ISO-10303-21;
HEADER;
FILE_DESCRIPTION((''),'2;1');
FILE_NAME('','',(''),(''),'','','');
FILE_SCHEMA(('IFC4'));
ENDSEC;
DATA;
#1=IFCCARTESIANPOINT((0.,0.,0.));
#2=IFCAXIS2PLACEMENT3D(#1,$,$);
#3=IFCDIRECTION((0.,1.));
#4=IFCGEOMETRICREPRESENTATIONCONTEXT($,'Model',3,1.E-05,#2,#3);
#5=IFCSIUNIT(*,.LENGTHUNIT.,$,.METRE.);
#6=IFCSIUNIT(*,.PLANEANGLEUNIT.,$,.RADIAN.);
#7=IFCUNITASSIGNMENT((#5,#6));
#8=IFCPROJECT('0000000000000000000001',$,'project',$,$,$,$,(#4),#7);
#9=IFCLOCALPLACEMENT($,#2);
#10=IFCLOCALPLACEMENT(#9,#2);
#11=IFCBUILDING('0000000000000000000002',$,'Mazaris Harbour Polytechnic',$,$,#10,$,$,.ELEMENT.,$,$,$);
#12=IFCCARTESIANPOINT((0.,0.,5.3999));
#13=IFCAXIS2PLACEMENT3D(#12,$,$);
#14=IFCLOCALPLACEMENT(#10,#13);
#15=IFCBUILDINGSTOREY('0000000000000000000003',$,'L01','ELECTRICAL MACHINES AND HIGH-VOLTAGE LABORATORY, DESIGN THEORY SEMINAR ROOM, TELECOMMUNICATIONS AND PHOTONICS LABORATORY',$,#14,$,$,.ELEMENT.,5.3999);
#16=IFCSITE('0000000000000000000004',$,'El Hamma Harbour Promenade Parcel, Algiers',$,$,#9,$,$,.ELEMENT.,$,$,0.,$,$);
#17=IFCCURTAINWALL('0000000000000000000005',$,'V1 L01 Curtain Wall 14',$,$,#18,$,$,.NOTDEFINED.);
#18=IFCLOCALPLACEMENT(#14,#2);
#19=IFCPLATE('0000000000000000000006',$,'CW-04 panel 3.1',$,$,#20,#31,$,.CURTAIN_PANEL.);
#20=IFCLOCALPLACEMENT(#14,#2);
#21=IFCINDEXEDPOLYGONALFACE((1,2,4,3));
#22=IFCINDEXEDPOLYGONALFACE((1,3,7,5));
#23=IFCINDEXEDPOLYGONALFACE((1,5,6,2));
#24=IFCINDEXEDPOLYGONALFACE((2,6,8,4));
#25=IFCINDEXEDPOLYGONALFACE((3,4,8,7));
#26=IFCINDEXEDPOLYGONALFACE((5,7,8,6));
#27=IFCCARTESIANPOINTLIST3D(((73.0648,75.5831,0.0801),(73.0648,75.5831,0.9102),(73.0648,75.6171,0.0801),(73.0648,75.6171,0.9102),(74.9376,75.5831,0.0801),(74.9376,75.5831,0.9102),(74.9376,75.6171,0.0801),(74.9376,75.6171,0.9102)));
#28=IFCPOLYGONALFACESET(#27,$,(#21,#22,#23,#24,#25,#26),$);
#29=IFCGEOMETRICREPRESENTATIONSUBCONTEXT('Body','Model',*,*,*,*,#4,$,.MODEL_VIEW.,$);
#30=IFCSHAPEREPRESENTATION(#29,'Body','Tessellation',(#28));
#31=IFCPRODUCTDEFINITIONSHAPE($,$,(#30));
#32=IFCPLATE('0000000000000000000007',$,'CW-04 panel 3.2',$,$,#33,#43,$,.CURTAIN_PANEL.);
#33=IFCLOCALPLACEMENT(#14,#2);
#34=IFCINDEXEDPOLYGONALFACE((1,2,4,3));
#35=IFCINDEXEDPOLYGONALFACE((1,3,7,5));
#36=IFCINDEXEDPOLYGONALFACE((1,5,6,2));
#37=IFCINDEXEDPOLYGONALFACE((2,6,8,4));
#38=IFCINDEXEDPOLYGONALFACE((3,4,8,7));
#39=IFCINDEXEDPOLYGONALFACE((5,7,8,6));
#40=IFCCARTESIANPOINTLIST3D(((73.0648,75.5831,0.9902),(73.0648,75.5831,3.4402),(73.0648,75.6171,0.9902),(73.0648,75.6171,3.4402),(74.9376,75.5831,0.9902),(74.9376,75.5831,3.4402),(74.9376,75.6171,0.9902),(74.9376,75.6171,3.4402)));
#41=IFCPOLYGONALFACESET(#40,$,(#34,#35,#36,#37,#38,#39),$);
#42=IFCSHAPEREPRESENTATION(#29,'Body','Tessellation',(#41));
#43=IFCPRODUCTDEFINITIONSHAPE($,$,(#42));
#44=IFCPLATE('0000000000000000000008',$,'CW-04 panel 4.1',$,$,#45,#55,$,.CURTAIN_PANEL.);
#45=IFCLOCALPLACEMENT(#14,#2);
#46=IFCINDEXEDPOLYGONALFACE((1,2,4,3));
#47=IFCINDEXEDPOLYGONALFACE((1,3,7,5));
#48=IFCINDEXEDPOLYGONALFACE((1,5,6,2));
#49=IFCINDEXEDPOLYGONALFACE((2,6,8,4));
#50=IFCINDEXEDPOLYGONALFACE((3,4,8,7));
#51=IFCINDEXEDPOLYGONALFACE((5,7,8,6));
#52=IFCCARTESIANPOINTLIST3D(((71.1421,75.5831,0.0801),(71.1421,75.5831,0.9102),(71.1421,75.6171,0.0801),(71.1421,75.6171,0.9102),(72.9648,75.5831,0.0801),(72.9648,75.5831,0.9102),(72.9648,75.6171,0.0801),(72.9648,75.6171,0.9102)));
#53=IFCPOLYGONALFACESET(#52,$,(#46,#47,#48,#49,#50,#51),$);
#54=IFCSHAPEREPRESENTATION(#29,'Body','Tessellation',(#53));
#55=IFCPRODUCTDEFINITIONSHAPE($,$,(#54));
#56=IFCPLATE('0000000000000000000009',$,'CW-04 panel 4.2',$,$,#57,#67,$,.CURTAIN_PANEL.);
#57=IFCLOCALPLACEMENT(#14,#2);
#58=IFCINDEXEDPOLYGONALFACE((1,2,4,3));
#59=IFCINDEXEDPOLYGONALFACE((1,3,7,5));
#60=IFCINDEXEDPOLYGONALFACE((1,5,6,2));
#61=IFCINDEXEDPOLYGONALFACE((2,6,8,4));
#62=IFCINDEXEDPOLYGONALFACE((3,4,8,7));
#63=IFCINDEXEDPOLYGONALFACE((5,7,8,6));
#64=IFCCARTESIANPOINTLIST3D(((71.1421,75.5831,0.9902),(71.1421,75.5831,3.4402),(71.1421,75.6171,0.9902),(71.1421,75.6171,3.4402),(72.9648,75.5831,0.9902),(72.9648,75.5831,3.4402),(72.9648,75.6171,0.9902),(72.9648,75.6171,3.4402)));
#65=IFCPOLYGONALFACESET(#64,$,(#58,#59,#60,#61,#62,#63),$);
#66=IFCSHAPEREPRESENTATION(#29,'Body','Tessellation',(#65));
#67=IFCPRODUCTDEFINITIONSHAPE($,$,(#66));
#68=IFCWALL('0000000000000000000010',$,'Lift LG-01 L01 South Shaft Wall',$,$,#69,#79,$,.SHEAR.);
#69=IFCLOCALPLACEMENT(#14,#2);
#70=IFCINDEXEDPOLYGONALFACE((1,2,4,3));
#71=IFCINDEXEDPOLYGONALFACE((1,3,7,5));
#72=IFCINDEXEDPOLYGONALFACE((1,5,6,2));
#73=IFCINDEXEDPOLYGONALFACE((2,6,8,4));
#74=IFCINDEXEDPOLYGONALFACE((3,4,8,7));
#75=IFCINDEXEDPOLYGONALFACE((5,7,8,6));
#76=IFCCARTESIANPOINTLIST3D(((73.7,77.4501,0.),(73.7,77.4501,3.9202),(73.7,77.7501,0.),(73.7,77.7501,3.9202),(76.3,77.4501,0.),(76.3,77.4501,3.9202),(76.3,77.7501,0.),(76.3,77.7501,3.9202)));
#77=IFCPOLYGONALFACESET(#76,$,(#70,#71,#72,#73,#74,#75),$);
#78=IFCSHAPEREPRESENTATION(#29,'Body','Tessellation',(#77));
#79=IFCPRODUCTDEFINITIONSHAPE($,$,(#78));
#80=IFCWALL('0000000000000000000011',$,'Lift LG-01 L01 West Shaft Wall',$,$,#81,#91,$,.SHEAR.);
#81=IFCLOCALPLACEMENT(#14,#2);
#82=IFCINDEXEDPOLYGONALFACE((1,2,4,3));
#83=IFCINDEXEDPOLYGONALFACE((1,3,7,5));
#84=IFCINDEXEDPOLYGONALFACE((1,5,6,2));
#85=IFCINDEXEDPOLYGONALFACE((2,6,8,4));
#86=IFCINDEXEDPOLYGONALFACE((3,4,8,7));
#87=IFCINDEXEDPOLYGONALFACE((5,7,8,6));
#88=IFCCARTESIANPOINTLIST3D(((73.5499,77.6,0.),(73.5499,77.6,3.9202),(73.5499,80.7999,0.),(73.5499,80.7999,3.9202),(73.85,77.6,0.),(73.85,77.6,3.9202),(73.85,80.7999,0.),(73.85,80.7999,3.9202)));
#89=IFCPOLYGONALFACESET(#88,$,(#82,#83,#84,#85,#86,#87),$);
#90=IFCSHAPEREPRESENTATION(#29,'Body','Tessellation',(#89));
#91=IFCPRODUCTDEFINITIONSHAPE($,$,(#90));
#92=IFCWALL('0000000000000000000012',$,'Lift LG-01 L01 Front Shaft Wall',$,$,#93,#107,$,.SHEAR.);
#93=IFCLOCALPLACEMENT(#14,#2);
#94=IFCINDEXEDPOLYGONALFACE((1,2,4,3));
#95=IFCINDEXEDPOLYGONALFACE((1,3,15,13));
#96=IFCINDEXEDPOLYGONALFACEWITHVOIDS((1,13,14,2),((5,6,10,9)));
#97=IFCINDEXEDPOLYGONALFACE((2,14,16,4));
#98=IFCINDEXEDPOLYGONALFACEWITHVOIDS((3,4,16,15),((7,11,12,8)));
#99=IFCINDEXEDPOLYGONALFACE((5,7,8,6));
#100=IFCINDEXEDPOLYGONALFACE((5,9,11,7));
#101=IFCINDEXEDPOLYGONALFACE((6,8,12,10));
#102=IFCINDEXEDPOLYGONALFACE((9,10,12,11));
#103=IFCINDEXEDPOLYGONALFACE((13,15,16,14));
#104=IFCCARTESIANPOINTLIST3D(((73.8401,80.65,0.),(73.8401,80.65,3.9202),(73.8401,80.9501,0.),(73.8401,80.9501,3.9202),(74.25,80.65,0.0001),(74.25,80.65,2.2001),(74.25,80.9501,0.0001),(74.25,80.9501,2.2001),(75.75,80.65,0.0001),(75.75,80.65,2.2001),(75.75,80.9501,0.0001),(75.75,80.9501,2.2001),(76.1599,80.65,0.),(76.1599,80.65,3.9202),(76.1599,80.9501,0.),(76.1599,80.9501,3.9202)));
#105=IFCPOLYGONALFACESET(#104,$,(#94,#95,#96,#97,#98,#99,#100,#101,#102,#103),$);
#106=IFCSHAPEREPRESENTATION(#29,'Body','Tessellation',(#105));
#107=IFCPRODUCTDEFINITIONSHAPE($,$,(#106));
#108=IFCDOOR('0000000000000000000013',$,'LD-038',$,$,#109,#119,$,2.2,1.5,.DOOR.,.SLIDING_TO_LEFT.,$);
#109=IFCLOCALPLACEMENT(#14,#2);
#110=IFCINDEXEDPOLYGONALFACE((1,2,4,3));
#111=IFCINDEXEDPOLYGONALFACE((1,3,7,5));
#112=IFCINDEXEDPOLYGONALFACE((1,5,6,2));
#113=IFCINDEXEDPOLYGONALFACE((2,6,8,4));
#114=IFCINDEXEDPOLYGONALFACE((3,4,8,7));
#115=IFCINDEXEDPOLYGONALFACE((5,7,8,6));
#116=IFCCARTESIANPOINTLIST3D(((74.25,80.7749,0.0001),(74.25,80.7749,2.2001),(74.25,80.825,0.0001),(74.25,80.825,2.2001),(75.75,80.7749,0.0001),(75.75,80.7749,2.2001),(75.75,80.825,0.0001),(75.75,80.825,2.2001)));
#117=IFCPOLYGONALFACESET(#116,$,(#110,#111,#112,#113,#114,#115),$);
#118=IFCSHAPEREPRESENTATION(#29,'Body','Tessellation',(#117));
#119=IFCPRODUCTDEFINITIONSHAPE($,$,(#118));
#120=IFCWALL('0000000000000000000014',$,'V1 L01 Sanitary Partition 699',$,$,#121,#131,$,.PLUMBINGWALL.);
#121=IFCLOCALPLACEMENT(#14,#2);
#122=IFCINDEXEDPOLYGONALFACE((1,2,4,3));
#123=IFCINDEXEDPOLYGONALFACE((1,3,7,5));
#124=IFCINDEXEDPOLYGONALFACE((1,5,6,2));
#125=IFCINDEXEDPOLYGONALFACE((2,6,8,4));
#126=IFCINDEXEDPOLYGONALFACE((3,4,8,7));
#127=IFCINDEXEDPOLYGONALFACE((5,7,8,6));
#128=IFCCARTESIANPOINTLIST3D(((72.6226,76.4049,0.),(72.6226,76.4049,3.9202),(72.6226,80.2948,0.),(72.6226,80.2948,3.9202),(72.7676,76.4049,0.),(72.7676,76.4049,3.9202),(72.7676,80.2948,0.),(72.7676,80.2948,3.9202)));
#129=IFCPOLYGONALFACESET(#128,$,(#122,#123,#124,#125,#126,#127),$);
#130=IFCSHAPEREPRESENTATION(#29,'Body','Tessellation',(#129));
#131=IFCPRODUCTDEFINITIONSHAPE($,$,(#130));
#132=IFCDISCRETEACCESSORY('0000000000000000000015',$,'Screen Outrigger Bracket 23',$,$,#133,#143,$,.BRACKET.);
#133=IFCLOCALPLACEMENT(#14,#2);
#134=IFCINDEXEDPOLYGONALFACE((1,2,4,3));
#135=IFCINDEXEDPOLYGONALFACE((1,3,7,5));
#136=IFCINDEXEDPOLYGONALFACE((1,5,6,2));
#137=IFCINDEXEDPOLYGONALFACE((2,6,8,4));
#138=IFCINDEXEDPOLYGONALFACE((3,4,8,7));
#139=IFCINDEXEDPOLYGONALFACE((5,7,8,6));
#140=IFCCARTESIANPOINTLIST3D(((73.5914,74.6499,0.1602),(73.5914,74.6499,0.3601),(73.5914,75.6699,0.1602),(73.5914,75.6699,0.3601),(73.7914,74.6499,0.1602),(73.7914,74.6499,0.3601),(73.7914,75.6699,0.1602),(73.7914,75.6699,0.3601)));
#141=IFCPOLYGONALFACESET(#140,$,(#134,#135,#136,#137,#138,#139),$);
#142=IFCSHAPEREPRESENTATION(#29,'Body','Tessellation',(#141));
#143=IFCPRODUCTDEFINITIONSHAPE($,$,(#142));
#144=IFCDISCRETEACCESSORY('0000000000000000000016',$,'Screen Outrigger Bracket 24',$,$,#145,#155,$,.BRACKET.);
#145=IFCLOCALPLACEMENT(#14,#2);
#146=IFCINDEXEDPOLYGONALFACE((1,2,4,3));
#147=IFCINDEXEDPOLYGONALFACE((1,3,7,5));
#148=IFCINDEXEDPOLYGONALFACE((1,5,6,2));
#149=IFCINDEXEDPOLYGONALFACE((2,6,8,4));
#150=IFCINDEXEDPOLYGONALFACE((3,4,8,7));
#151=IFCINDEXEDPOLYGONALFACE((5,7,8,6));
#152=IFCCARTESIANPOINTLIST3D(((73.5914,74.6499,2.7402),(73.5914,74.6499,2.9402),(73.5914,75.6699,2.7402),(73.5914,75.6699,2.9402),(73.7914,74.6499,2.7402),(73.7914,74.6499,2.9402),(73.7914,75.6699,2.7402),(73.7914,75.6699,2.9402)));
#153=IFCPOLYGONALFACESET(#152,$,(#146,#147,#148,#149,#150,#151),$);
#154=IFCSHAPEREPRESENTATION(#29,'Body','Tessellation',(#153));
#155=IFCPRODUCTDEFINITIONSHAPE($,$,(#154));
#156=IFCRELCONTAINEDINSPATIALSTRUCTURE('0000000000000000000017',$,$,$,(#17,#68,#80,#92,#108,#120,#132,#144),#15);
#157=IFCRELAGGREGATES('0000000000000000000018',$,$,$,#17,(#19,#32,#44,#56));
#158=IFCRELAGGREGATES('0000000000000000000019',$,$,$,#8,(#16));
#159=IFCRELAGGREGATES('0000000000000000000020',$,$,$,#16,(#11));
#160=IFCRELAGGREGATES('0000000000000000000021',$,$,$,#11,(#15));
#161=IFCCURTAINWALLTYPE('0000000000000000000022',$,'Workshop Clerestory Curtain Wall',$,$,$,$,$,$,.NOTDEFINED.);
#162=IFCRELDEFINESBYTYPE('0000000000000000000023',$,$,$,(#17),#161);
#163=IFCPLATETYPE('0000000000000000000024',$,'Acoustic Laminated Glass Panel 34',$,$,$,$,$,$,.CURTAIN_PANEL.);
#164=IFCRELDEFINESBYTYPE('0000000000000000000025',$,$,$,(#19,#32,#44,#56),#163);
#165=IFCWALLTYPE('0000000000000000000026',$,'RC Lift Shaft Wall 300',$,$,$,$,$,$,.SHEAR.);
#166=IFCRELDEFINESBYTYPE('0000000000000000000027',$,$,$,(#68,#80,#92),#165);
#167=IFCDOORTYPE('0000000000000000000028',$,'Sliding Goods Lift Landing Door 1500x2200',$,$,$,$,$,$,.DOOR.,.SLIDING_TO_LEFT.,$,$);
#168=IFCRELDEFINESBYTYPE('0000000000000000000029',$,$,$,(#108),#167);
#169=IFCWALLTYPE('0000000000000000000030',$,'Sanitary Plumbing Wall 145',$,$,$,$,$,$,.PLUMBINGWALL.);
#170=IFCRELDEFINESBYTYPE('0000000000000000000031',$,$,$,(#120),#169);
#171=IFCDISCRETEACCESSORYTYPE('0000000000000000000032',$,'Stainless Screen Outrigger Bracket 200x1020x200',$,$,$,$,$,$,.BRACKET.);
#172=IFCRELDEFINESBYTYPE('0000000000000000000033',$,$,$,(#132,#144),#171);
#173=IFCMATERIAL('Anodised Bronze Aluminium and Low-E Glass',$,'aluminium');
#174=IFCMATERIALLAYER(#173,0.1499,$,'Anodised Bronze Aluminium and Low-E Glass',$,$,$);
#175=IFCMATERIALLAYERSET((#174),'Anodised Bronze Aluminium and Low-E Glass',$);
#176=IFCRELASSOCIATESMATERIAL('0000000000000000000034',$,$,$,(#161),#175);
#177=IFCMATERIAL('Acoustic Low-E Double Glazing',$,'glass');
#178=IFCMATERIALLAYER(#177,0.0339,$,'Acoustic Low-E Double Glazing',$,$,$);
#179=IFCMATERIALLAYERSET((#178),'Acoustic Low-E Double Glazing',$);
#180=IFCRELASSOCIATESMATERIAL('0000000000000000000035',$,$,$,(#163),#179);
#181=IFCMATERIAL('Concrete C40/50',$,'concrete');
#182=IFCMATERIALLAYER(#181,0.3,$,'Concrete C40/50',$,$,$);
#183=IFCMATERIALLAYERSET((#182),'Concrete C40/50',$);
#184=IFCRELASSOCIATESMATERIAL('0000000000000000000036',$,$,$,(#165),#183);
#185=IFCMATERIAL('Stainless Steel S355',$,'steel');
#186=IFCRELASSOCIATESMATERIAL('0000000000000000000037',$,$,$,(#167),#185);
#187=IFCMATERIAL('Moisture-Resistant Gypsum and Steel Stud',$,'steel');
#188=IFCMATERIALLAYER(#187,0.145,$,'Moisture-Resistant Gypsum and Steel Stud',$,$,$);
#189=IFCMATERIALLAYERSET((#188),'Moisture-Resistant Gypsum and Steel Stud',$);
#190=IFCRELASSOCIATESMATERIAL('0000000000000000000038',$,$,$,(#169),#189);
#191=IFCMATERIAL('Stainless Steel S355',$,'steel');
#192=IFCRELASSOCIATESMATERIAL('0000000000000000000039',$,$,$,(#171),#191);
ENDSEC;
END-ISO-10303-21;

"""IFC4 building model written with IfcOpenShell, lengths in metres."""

from ifc_helpers import new_model, si_unit, direction, frame, frame_2d, origin, origin_2d, place, context, subcontext, project, spatial, rectangle, extrude, material, layer, layer_set, type_object, element, fill, aggregate, save


model = new_model("IFC4")

# Units and contexts
model_context = context("Model", 3, precision=1e-05, world=origin(), true_north=direction((0.0, 1.0)))
body_context = subcontext(model_context, "Body", "Model", "MODEL_VIEW")
ifc_project = project(units=[si_unit("LENGTHUNIT", "METRE"), si_unit("PLANEANGLEUNIT", "RADIAN")], contexts=[model_context])

# Site, building, storey
site_placement = place(None, origin())
site = spatial("IfcSite", under=ifc_project, at=site_placement, Name="El Hamma Harbour Promenade Parcel, Algiers", CompositionType="ELEMENT", RefElevation=0.0)
building_placement = place(site_placement, origin())
building = spatial("IfcBuilding", under=site, at=building_placement, Name="Mazaris Harbour Polytechnic", CompositionType="ELEMENT")
storey_placement = place(building_placement, frame((0.0, 0.0, 5.3999)))
storey = spatial("IfcBuildingStorey", under=building, at=storey_placement, Name="L01", Description="ELECTRICAL MACHINES AND HIGH-VOLTAGE LABORATORY, DESIGN THEORY SEMINAR ROOM, TELECOMMUNICATIONS AND PHOTONICS LABORATORY", CompositionType="ELEMENT", Elevation=5.3999)

# Curtain wall
ifc_material_1 = material(Name="Anodised Bronze Aluminium and Low-E Glass", Category="aluminium")
ifc_layer_1 = layer(ifc_material_1, 0.1499, Name="Anodised Bronze Aluminium and Low-E Glass")
ifc_layer_set_1 = layer_set([ifc_layer_1], Name="Anodised Bronze Aluminium and Low-E Glass")
curtain_wall_type = type_object("IfcCurtainWallType", Name="Workshop Clerestory Curtain Wall", PredefinedType="NOTDEFINED", material=ifc_layer_set_1)
curtain_wall_placement = place(storey_placement, origin())
curtain_wall = element("IfcCurtainWall", 1, at=curtain_wall_placement, inside=storey, type_object=curtain_wall_type, Name="V1 L01 Curtain Wall 14", PredefinedType="NOTDEFINED")

# Plates
ifc_material_2 = material(Name="Acoustic Low-E Double Glazing", Category="glass")
ifc_layer_2 = layer(ifc_material_2, 0.0339, Name="Acoustic Low-E Double Glazing")
ifc_layer_set_2 = layer_set([ifc_layer_2], Name="Acoustic Low-E Double Glazing")
plate_type = type_object("IfcPlateType", Name="Acoustic Laminated Glass Panel 34", PredefinedType="CURTAIN_PANEL", material=ifc_layer_set_2)
plate_1_placement = place(storey_placement, frame((74.0012, 75.6001, 0.0801), z_axis=(0.0, 0.0, 1.0), x_axis=(-1.0, 0.0, 0.0)))
plate_1 = element("IfcPlate", 2, at=plate_1_placement, type_object=plate_type, Name="CW-04 panel 3.1", PredefinedType="CURTAIN_PANEL", context=body_context, shape_type="SweptSolid", body=[
    extrude(rectangle(XDim=1.8728, YDim=0.0339, at=origin_2d()), origin(), (0.0, 0.0, 1.0), 0.8301),
])
plate_2_placement = place(storey_placement, frame((74.0012, 75.6001, 0.9902), z_axis=(0.0, 0.0, 1.0), x_axis=(-1.0, 0.0, 0.0)))
plate_2 = element("IfcPlate", 3, at=plate_2_placement, type_object=plate_type, Name="CW-04 panel 3.2", PredefinedType="CURTAIN_PANEL", context=body_context, shape_type="SweptSolid", body=[
    extrude(rectangle(XDim=1.8728, YDim=0.0339, at=origin_2d()), origin(), (0.0, 0.0, 1.0), 2.45),
])
plate_3_placement = place(storey_placement, frame((72.0535, 75.6001, 0.0801), z_axis=(0.0, 0.0, 1.0), x_axis=(-1.0, 0.0, 0.0)))
plate_3 = element("IfcPlate", 4, at=plate_3_placement, type_object=plate_type, Name="CW-04 panel 4.1", PredefinedType="CURTAIN_PANEL", context=body_context, shape_type="SweptSolid", body=[
    extrude(rectangle(XDim=1.8228, YDim=0.0339, at=origin_2d()), origin(), (0.0, 0.0, 1.0), 0.8301),
])
plate_4_placement = place(storey_placement, frame((72.0535, 75.6001, 0.9902), z_axis=(0.0, 0.0, 1.0), x_axis=(-1.0, 0.0, 0.0)))
plate_4 = element("IfcPlate", 5, at=plate_4_placement, type_object=plate_type, Name="CW-04 panel 4.2", PredefinedType="CURTAIN_PANEL", context=body_context, shape_type="SweptSolid", body=[
    extrude(rectangle(XDim=1.8228, YDim=0.0339, at=origin_2d()), origin(), (0.0, 0.0, 1.0), 2.45),
])
aggregate(curtain_wall, [plate_1, plate_2, plate_3, plate_4])

# Walls
ifc_material_3 = material(Name="Concrete C40/50", Category="concrete")
ifc_layer_3 = layer(ifc_material_3, 0.3, Name="Concrete C40/50")
ifc_layer_set_3 = layer_set([ifc_layer_3], Name="Concrete C40/50")
wall_type_1 = type_object("IfcWallType", Name="RC Lift Shaft Wall 300", PredefinedType="SHEAR", material=ifc_layer_set_3)
wall_1_placement = place(storey_placement, frame((73.7, 77.6001, 0.0), z_axis=(0.0, 0.0, 1.0), x_axis=(1.0, 0.0, 0.0)))
element("IfcWall", 6, at=wall_1_placement, inside=storey, type_object=wall_type_1, Name="Lift LG-01 L01 South Shaft Wall", PredefinedType="SHEAR", context=body_context, shape_type="SweptSolid", body=[
    extrude(rectangle(XDim=2.6001, YDim=0.3, at=frame_2d((1.3, 0.0))), origin(), (0.0, 0.0, 1.0), 3.9202),
])
wall_2_placement = place(storey_placement, frame((73.7, 80.8, 0.0), z_axis=(0.0, 0.0, 1.0), x_axis=(0.0, -1.0, 0.0)))
element("IfcWall", 7, at=wall_2_placement, inside=storey, type_object=wall_type_1, Name="Lift LG-01 L01 West Shaft Wall", PredefinedType="SHEAR", context=body_context, shape_type="SweptSolid", body=[
    extrude(rectangle(XDim=3.2, YDim=0.3, at=frame_2d((1.6001, 0.0))), origin(), (0.0, 0.0, 1.0), 3.9202),
])

# Wall, opening, door
wall_3_placement = place(storey_placement, frame((73.8401, 80.8, 0.0), z_axis=(0.0, 0.0, 1.0), x_axis=(1.0, 0.0, 0.0)))
wall_3 = element("IfcWall", 8, at=wall_3_placement, inside=storey, type_object=wall_type_1, Name="Lift LG-01 L01 Front Shaft Wall", PredefinedType="SHEAR", context=body_context, shape_type="SweptSolid", body=[
    extrude(rectangle(XDim=2.3198, YDim=0.3, at=frame_2d((1.1599, 0.0))), origin(), (0.0, 0.0, 1.0), 3.9202),
])
opening_placement = place(wall_3_placement, frame((0.4099, 0.0, 0.0)))
opening = element("IfcOpeningElement", 9, at=opening_placement, cuts=wall_3, PredefinedType="OPENING", context=body_context, shape_type="SweptSolid", body=[
    extrude(rectangle(XDim=1.5, YDim=2.2, at=frame_2d((0.75, 1.1001))), frame((0.0, 0.1599, 0.0), z_axis=(0.0, -1.0, 0.0), x_axis=(1.0, 0.0, 0.0)), (0.0, 0.0, 1.0), 0.3201),
])
ifc_material_4 = material(Name="Stainless Steel S355", Category="steel")
door_type = type_object("IfcDoorType", Name="Sliding Goods Lift Landing Door 1500x2200", OperationType="SLIDING_TO_LEFT", PredefinedType="DOOR", material=ifc_material_4)
door_placement = place(opening_placement, origin())
door = element("IfcDoor", 10, at=door_placement, inside=storey, type_object=door_type, Name="LD-038", OperationType="SLIDING_TO_LEFT", OverallHeight=2.2, OverallWidth=1.5, PredefinedType="DOOR", context=body_context, shape_type="SweptSolid", body=[
    extrude(rectangle(XDim=1.5, YDim=2.2, at=frame_2d((0.75, 1.1001))), frame((0.0, 0.0249, 0.0), z_axis=(0.0, -1.0, 0.0), x_axis=(1.0, 0.0, 0.0)), (0.0, 0.0, 1.0), 0.05),
])
fill(opening, door)

# Wall
ifc_material_5 = material(Name="Moisture-Resistant Gypsum and Steel Stud", Category="steel")
ifc_layer_4 = layer(ifc_material_5, 0.145, Name="Moisture-Resistant Gypsum and Steel Stud")
ifc_layer_set_4 = layer_set([ifc_layer_4], Name="Moisture-Resistant Gypsum and Steel Stud")
wall_type_2 = type_object("IfcWallType", Name="Sanitary Plumbing Wall 145", PredefinedType="PLUMBINGWALL", material=ifc_layer_set_4)
wall_4_placement = place(storey_placement, frame((72.6951, 76.405, 0.0), z_axis=(0.0, 0.0, 1.0), x_axis=(0.0, 1.0, 0.0)))
element("IfcWall", 11, at=wall_4_placement, inside=storey, type_object=wall_type_2, Name="V1 L01 Sanitary Partition 699", PredefinedType="PLUMBINGWALL", context=body_context, shape_type="SweptSolid", body=[
    extrude(rectangle(XDim=3.8899, YDim=0.145, at=frame_2d((1.9448, 0.0))), origin(), (0.0, 0.0, 1.0), 3.9202),
])

# Discrete accessories
ifc_material_6 = material(Name="Stainless Steel S355", Category="steel")
discrete_accessory_type = type_object("IfcDiscreteAccessoryType", Name="Stainless Screen Outrigger Bracket 200x1020x200", PredefinedType="BRACKET", material=ifc_material_6)
for number, where, z_axis, x_axis, name in (
    (12, (73.6914, 75.1599, 0.1602), (0.0, 0.0, 1.0), (-1.0, 0.0, 0.0), "Screen Outrigger Bracket 23"),
    (13, (73.6914, 75.1599, 2.7402), (0.0, 0.0, 1.0), (-1.0, 0.0, 0.0), "Screen Outrigger Bracket 24"),
):
    element("IfcDiscreteAccessory", number, at=place(storey_placement, frame(where, z_axis=z_axis, x_axis=x_axis)), inside=storey, type_object=discrete_accessory_type, Name=name, PredefinedType="BRACKET", context=body_context, shape_type="SweptSolid", body=[
        extrude(rectangle(XDim=0.2, YDim=1.02, at=origin_2d()), origin(), (0.0, 0.0, 1.0), 0.2),
    ])

save(model, "model.ifc")
